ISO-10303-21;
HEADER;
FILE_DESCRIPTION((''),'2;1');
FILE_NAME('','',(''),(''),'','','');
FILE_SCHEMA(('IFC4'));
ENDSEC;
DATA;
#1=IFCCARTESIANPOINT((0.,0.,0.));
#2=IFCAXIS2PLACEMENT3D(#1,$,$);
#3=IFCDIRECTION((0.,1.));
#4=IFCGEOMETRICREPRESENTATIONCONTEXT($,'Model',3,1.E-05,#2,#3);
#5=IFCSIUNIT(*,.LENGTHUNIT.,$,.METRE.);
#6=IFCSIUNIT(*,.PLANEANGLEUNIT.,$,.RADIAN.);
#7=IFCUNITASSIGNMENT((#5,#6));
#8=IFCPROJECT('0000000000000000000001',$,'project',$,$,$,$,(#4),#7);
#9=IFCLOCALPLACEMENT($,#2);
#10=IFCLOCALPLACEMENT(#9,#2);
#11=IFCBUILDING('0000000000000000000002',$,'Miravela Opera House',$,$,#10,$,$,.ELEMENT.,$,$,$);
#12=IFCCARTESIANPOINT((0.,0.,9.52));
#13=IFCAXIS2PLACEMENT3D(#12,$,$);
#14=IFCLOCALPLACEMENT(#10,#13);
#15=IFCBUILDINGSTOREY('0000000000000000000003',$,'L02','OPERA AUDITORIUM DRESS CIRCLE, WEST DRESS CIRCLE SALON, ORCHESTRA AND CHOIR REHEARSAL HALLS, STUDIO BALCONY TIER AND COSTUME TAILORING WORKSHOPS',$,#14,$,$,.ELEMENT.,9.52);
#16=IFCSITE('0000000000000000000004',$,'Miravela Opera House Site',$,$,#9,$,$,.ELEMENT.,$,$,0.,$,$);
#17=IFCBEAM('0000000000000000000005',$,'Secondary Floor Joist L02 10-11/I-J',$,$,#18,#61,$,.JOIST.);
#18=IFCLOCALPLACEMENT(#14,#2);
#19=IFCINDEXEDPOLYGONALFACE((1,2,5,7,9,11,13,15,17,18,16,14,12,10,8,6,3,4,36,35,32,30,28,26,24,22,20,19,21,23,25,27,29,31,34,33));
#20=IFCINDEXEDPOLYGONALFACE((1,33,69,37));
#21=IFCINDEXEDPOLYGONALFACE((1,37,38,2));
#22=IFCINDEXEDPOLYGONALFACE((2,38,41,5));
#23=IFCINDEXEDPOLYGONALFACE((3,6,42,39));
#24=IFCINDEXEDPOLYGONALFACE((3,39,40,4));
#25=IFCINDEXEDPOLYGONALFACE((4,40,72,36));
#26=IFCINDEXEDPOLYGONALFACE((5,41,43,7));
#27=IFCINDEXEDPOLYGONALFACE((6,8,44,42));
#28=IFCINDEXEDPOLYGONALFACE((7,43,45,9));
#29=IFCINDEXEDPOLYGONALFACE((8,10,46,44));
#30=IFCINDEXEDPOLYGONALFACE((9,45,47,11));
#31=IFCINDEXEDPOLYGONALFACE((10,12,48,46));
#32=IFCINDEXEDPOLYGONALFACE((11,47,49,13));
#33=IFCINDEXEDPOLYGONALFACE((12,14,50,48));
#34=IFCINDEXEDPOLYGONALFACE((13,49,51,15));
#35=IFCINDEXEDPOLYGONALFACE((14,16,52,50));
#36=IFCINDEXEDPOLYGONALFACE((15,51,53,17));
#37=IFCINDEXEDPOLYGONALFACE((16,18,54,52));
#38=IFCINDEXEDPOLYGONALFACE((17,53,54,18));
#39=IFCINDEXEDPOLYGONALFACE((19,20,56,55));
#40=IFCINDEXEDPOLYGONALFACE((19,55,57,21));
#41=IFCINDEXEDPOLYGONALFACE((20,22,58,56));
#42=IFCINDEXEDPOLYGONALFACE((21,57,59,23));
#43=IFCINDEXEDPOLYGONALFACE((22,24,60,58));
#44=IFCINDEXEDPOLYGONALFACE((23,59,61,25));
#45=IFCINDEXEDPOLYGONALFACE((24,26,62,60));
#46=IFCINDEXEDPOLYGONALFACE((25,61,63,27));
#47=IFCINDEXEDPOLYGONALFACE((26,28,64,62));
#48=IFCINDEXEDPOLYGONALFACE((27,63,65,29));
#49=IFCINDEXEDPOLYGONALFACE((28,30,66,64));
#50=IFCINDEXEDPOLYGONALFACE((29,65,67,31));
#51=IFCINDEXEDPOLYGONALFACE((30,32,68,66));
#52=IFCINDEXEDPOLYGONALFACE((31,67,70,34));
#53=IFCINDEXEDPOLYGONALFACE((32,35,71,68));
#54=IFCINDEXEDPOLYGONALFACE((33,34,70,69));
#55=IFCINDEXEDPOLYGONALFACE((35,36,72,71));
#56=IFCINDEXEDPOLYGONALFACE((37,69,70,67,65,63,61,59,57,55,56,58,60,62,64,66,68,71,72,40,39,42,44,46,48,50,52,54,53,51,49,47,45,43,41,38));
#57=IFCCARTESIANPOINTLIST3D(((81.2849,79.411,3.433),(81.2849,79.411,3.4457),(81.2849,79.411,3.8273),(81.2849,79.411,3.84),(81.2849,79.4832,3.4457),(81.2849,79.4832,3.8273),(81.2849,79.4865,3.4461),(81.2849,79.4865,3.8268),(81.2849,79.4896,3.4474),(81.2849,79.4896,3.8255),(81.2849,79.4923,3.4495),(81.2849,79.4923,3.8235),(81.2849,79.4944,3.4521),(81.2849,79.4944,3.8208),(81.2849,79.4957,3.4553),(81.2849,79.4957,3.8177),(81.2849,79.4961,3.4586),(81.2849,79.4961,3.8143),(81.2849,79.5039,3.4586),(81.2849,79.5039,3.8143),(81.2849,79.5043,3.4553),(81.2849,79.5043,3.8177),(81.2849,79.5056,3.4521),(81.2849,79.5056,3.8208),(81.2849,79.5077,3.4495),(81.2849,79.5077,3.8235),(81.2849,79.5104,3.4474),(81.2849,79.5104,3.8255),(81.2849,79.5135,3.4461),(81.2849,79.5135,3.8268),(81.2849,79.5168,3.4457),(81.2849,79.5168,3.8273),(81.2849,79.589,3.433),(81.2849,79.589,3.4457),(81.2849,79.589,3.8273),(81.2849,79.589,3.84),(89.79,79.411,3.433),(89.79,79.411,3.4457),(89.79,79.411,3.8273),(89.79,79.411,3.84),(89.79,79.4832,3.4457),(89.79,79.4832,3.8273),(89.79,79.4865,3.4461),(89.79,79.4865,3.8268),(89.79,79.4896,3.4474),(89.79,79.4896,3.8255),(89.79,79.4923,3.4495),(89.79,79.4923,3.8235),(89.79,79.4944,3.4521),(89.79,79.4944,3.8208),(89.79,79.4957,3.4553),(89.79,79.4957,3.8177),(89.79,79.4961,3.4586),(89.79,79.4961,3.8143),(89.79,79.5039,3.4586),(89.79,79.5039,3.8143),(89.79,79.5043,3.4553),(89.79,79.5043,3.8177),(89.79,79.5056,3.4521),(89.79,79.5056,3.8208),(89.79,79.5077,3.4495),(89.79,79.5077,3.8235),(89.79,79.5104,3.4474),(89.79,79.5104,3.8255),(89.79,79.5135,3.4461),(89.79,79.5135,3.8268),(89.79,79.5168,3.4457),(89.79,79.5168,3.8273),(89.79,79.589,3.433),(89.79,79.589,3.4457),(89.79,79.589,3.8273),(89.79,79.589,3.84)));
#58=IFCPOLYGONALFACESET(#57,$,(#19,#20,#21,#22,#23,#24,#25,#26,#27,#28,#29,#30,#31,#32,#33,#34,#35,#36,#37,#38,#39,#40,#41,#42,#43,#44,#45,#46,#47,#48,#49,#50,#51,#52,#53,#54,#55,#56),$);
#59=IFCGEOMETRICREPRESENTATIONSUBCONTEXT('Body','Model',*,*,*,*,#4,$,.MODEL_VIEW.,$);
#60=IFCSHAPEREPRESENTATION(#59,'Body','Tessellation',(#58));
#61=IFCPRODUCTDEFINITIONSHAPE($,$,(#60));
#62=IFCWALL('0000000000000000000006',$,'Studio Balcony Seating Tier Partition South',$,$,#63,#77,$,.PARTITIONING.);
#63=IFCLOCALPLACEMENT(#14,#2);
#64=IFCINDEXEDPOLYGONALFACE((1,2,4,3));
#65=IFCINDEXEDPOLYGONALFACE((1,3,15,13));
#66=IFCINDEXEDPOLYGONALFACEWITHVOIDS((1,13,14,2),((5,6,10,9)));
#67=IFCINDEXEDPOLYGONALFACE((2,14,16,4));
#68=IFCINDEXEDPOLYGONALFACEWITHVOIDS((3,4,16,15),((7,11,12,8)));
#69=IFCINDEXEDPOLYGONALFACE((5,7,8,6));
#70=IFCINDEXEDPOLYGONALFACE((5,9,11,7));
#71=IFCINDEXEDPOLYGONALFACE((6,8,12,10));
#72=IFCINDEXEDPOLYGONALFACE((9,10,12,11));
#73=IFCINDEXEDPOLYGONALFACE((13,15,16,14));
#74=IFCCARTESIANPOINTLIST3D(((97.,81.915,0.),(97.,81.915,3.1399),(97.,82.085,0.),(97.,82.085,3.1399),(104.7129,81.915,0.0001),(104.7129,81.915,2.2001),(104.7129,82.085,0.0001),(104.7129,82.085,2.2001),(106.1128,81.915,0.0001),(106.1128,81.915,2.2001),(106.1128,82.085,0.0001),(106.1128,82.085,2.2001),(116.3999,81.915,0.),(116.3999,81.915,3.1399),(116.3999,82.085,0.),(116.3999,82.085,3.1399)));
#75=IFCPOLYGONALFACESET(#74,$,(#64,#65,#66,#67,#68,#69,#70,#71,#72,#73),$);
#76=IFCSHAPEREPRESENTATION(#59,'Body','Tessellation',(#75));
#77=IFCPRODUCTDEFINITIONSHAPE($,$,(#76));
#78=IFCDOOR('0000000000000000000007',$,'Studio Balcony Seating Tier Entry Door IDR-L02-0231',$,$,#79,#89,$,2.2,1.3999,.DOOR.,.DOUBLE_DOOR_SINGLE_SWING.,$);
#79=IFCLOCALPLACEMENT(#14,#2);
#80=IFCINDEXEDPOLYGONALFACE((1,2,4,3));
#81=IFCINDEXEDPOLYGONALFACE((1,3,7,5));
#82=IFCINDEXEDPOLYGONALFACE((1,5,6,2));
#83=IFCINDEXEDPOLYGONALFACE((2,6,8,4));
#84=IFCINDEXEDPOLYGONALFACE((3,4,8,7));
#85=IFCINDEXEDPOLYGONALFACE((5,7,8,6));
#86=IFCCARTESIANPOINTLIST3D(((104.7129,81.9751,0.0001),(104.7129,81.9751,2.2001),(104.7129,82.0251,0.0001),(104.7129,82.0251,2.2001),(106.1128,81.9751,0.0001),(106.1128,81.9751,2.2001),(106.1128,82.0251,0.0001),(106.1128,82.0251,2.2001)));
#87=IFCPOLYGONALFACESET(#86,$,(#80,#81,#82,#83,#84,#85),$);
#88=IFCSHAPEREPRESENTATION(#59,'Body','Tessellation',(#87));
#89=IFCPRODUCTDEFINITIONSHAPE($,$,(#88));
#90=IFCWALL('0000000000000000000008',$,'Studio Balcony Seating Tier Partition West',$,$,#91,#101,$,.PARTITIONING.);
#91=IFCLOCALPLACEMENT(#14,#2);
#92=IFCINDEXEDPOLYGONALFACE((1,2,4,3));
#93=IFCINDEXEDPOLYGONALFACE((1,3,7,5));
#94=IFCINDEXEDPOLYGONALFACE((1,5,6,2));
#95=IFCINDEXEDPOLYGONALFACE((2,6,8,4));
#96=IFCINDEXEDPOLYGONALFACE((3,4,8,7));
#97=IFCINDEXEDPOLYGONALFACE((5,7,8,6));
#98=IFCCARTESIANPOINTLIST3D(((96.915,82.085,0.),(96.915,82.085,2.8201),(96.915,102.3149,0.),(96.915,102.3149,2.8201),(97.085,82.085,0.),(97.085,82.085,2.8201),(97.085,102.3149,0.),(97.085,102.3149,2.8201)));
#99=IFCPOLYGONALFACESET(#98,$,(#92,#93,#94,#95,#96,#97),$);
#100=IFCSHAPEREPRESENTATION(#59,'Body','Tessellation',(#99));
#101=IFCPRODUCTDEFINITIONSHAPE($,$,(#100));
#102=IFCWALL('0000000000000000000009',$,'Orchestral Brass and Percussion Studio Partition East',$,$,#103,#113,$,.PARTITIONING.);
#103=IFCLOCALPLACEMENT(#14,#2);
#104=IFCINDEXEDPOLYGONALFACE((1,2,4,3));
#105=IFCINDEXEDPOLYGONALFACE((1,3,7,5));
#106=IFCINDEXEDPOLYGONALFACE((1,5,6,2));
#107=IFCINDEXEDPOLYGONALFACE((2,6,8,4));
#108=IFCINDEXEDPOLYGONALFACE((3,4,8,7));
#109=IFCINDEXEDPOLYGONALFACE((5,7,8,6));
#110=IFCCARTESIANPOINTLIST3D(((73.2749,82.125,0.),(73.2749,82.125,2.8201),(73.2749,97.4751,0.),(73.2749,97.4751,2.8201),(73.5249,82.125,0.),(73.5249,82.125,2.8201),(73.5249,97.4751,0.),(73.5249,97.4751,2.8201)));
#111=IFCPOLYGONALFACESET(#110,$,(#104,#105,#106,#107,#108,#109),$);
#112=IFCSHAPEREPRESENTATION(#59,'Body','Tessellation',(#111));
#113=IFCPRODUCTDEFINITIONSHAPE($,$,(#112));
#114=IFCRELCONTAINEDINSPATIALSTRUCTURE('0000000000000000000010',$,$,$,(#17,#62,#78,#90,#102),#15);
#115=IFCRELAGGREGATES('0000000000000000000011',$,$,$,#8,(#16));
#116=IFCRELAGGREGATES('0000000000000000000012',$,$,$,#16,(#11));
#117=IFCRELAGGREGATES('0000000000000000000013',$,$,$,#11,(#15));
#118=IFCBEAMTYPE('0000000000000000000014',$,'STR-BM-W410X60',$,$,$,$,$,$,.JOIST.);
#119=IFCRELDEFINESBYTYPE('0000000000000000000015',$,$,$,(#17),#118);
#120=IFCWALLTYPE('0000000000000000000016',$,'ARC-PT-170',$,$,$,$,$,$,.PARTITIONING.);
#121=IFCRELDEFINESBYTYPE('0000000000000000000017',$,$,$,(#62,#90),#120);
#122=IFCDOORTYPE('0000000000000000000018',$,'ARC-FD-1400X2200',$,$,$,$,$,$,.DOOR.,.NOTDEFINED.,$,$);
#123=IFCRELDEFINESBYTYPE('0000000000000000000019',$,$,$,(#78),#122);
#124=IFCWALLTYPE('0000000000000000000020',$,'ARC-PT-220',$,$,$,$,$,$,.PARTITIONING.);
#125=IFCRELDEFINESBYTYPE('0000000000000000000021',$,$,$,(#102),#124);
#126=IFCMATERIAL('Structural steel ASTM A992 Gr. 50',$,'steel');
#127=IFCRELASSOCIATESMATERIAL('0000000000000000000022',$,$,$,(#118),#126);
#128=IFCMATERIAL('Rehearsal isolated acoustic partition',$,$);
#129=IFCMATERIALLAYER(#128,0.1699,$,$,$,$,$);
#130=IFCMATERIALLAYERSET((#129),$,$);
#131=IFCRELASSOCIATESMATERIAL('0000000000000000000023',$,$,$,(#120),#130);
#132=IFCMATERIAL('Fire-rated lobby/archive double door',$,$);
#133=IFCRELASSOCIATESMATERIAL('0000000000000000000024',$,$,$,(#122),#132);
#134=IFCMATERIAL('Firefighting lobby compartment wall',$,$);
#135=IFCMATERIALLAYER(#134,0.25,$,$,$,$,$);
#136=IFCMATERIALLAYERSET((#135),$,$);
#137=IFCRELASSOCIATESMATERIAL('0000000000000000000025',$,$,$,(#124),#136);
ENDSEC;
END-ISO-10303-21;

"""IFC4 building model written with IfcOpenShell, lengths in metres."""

from ifc_helpers import new_model, si_unit, direction, frame, frame_2d, origin, origin_2d, place, context, subcontext, project, spatial, rectangle, i_section, extrude, material, layer, layer_set, material_profile, profile_set, type_object, element, fill, save


model = new_model("IFC4")

# Units and contexts
model_context = context("Model", 3, precision=1e-05, world=origin(), true_north=direction((0.0, 1.0)))
body_context = subcontext(model_context, "Body", "Model", "MODEL_VIEW")
ifc_project = project(units=[si_unit("LENGTHUNIT", "METRE"), si_unit("PLANEANGLEUNIT", "RADIAN")], contexts=[model_context])

# Site, building, storey
site_placement = place(None, origin())
site = spatial("IfcSite", under=ifc_project, at=site_placement, Name="Miravela Opera House Site", CompositionType="ELEMENT", RefElevation=0.0)
building_placement = place(site_placement, origin())
building = spatial("IfcBuilding", under=site, at=building_placement, Name="Miravela Opera House", CompositionType="ELEMENT")
storey_placement = place(building_placement, frame((0.0, 0.0, 9.52)))
storey = spatial("IfcBuildingStorey", under=building, at=storey_placement, Name="L02", Description="OPERA AUDITORIUM DRESS CIRCLE, WEST DRESS CIRCLE SALON, ORCHESTRA AND CHOIR REHEARSAL HALLS, STUDIO BALCONY TIER AND COSTUME TAILORING WORKSHOPS", CompositionType="ELEMENT", Elevation=9.52)

# Beam
ifc_material_1 = material(Name="Structural steel ASTM A992 Gr. 50", Category="steel")
ifc_material_profile_1 = material_profile(ifc_material_1, i_section(OverallWidth=0.178, OverallDepth=0.407, WebThickness=0.0078, FlangeThickness=0.0127, FilletRadius=0.0129, at=origin_2d()), Name="W410X60")
ifc_profile_set_1 = profile_set([ifc_material_profile_1])
beam_type_1 = type_object("IfcBeamType", Name="STR-BM-W410X60", PredefinedType="JOIST", material=ifc_profile_set_1)
beam_1_placement = place(storey_placement, frame((81.2849, 79.5, 3.6365), z_axis=(1.0, 0.0, 0.0), x_axis=(0.0, 1.0, 0.0)))
element("IfcBeam", 1, at=beam_1_placement, inside=storey, type_object=beam_type_1, Name="Secondary Floor Joist L02 10-11/I-J", PredefinedType="JOIST", context=body_context, shape_type="SweptSolid", body=[
    extrude(i_section(OverallWidth=0.178, OverallDepth=0.407, WebThickness=0.0078, FlangeThickness=0.0127, FilletRadius=0.0129, at=origin_2d()), origin(), (0.0, 0.0, 1.0), 8.5051),
])

# Wall, opening, door
ifc_material_2 = material(Name="Rehearsal isolated acoustic partition")
ifc_layer_1 = layer(ifc_material_2, 0.1699)
ifc_layer_set_1 = layer_set([ifc_layer_1])
wall_type_1 = type_object("IfcWallType", Name="ARC-PT-170", PredefinedType="PARTITIONING", material=ifc_layer_set_1)
wall_1_placement = place(storey_placement, frame((97.0, 82.0, 0.0), z_axis=(0.0, 0.0, 1.0), x_axis=(1.0, 0.0, 0.0)))
wall_1 = element("IfcWall", 2, at=wall_1_placement, inside=storey, type_object=wall_type_1, Name="Studio Balcony Seating Tier Partition South", PredefinedType="PARTITIONING", context=body_context, shape_type="SweptSolid", body=[
    extrude(rectangle(XDim=19.3999, YDim=0.1699, at=frame_2d((9.7, 0.0))), origin(), (0.0, 0.0, 1.0), 3.1399),
])
opening_placement = place(wall_1_placement, frame((7.7129, 0.0, 0.0)))
opening = element("IfcOpeningElement", 3, at=opening_placement, cuts=wall_1, PredefinedType="OPENING", context=body_context, shape_type="SweptSolid", body=[
    extrude(rectangle(XDim=1.3999, YDim=2.2, at=frame_2d((0.7, 1.1001))), frame((0.0, 0.095, 0.0), z_axis=(0.0, -1.0, 0.0), x_axis=(1.0, 0.0, 0.0)), (0.0, 0.0, 1.0), 0.1899),
])
ifc_material_3 = material(Name="Fire-rated lobby/archive double door")
door_type = type_object("IfcDoorType", Name="ARC-FD-1400X2200", OperationType="NOTDEFINED", PredefinedType="DOOR", material=ifc_material_3)
door_placement = place(opening_placement, frame((1.3999, 0.0, 0.0), z_axis=(0.0, 0.0, 1.0), x_axis=(-1.0, 0.0, 0.0)))
door = element("IfcDoor", 4, at=door_placement, inside=storey, type_object=door_type, Name="Studio Balcony Seating Tier Entry Door IDR-L02-0231", OperationType="DOUBLE_DOOR_SINGLE_SWING", OverallHeight=2.2, OverallWidth=1.3999, PredefinedType="DOOR", context=body_context, shape_type="SweptSolid", body=[
    extrude(rectangle(XDim=1.3999, YDim=2.2, at=frame_2d((0.7, 1.1001))), frame((0.0, 0.0249, 0.0), z_axis=(0.0, -1.0, 0.0), x_axis=(1.0, 0.0, 0.0)), (0.0, 0.0, 1.0), 0.05),
])
fill(opening, door)

# Walls
wall_2_placement = place(storey_placement, frame((97.0, 82.085, 0.0), z_axis=(0.0, 0.0, 1.0), x_axis=(0.0, 1.0, 0.0)))
element("IfcWall", 5, at=wall_2_placement, inside=storey, type_object=wall_type_1, Name="Studio Balcony Seating Tier Partition West", PredefinedType="PARTITIONING", context=body_context, shape_type="SweptSolid", body=[
    extrude(rectangle(XDim=20.23, YDim=0.1699, at=frame_2d((10.115, 0.0))), origin(), (0.0, 0.0, 1.0), 2.8201),
])
ifc_material_4 = material(Name="Firefighting lobby compartment wall")
ifc_layer_2 = layer(ifc_material_4, 0.25)
ifc_layer_set_2 = layer_set([ifc_layer_2])
wall_type_2 = type_object("IfcWallType", Name="ARC-PT-220", PredefinedType="PARTITIONING", material=ifc_layer_set_2)
wall_3_placement = place(storey_placement, frame((73.3999, 82.125, 0.0), z_axis=(0.0, 0.0, 1.0), x_axis=(0.0, 1.0, 0.0)))
element("IfcWall", 6, at=wall_3_placement, inside=storey, type_object=wall_type_2, Name="Orchestral Brass and Percussion Studio Partition East", PredefinedType="PARTITIONING", context=body_context, shape_type="SweptSolid", body=[
    extrude(rectangle(XDim=15.3501, YDim=0.25, at=frame_2d((7.675, 0.0))), origin(), (0.0, 0.0, 1.0), 2.8201),
])

save(model, "model.ifc")
